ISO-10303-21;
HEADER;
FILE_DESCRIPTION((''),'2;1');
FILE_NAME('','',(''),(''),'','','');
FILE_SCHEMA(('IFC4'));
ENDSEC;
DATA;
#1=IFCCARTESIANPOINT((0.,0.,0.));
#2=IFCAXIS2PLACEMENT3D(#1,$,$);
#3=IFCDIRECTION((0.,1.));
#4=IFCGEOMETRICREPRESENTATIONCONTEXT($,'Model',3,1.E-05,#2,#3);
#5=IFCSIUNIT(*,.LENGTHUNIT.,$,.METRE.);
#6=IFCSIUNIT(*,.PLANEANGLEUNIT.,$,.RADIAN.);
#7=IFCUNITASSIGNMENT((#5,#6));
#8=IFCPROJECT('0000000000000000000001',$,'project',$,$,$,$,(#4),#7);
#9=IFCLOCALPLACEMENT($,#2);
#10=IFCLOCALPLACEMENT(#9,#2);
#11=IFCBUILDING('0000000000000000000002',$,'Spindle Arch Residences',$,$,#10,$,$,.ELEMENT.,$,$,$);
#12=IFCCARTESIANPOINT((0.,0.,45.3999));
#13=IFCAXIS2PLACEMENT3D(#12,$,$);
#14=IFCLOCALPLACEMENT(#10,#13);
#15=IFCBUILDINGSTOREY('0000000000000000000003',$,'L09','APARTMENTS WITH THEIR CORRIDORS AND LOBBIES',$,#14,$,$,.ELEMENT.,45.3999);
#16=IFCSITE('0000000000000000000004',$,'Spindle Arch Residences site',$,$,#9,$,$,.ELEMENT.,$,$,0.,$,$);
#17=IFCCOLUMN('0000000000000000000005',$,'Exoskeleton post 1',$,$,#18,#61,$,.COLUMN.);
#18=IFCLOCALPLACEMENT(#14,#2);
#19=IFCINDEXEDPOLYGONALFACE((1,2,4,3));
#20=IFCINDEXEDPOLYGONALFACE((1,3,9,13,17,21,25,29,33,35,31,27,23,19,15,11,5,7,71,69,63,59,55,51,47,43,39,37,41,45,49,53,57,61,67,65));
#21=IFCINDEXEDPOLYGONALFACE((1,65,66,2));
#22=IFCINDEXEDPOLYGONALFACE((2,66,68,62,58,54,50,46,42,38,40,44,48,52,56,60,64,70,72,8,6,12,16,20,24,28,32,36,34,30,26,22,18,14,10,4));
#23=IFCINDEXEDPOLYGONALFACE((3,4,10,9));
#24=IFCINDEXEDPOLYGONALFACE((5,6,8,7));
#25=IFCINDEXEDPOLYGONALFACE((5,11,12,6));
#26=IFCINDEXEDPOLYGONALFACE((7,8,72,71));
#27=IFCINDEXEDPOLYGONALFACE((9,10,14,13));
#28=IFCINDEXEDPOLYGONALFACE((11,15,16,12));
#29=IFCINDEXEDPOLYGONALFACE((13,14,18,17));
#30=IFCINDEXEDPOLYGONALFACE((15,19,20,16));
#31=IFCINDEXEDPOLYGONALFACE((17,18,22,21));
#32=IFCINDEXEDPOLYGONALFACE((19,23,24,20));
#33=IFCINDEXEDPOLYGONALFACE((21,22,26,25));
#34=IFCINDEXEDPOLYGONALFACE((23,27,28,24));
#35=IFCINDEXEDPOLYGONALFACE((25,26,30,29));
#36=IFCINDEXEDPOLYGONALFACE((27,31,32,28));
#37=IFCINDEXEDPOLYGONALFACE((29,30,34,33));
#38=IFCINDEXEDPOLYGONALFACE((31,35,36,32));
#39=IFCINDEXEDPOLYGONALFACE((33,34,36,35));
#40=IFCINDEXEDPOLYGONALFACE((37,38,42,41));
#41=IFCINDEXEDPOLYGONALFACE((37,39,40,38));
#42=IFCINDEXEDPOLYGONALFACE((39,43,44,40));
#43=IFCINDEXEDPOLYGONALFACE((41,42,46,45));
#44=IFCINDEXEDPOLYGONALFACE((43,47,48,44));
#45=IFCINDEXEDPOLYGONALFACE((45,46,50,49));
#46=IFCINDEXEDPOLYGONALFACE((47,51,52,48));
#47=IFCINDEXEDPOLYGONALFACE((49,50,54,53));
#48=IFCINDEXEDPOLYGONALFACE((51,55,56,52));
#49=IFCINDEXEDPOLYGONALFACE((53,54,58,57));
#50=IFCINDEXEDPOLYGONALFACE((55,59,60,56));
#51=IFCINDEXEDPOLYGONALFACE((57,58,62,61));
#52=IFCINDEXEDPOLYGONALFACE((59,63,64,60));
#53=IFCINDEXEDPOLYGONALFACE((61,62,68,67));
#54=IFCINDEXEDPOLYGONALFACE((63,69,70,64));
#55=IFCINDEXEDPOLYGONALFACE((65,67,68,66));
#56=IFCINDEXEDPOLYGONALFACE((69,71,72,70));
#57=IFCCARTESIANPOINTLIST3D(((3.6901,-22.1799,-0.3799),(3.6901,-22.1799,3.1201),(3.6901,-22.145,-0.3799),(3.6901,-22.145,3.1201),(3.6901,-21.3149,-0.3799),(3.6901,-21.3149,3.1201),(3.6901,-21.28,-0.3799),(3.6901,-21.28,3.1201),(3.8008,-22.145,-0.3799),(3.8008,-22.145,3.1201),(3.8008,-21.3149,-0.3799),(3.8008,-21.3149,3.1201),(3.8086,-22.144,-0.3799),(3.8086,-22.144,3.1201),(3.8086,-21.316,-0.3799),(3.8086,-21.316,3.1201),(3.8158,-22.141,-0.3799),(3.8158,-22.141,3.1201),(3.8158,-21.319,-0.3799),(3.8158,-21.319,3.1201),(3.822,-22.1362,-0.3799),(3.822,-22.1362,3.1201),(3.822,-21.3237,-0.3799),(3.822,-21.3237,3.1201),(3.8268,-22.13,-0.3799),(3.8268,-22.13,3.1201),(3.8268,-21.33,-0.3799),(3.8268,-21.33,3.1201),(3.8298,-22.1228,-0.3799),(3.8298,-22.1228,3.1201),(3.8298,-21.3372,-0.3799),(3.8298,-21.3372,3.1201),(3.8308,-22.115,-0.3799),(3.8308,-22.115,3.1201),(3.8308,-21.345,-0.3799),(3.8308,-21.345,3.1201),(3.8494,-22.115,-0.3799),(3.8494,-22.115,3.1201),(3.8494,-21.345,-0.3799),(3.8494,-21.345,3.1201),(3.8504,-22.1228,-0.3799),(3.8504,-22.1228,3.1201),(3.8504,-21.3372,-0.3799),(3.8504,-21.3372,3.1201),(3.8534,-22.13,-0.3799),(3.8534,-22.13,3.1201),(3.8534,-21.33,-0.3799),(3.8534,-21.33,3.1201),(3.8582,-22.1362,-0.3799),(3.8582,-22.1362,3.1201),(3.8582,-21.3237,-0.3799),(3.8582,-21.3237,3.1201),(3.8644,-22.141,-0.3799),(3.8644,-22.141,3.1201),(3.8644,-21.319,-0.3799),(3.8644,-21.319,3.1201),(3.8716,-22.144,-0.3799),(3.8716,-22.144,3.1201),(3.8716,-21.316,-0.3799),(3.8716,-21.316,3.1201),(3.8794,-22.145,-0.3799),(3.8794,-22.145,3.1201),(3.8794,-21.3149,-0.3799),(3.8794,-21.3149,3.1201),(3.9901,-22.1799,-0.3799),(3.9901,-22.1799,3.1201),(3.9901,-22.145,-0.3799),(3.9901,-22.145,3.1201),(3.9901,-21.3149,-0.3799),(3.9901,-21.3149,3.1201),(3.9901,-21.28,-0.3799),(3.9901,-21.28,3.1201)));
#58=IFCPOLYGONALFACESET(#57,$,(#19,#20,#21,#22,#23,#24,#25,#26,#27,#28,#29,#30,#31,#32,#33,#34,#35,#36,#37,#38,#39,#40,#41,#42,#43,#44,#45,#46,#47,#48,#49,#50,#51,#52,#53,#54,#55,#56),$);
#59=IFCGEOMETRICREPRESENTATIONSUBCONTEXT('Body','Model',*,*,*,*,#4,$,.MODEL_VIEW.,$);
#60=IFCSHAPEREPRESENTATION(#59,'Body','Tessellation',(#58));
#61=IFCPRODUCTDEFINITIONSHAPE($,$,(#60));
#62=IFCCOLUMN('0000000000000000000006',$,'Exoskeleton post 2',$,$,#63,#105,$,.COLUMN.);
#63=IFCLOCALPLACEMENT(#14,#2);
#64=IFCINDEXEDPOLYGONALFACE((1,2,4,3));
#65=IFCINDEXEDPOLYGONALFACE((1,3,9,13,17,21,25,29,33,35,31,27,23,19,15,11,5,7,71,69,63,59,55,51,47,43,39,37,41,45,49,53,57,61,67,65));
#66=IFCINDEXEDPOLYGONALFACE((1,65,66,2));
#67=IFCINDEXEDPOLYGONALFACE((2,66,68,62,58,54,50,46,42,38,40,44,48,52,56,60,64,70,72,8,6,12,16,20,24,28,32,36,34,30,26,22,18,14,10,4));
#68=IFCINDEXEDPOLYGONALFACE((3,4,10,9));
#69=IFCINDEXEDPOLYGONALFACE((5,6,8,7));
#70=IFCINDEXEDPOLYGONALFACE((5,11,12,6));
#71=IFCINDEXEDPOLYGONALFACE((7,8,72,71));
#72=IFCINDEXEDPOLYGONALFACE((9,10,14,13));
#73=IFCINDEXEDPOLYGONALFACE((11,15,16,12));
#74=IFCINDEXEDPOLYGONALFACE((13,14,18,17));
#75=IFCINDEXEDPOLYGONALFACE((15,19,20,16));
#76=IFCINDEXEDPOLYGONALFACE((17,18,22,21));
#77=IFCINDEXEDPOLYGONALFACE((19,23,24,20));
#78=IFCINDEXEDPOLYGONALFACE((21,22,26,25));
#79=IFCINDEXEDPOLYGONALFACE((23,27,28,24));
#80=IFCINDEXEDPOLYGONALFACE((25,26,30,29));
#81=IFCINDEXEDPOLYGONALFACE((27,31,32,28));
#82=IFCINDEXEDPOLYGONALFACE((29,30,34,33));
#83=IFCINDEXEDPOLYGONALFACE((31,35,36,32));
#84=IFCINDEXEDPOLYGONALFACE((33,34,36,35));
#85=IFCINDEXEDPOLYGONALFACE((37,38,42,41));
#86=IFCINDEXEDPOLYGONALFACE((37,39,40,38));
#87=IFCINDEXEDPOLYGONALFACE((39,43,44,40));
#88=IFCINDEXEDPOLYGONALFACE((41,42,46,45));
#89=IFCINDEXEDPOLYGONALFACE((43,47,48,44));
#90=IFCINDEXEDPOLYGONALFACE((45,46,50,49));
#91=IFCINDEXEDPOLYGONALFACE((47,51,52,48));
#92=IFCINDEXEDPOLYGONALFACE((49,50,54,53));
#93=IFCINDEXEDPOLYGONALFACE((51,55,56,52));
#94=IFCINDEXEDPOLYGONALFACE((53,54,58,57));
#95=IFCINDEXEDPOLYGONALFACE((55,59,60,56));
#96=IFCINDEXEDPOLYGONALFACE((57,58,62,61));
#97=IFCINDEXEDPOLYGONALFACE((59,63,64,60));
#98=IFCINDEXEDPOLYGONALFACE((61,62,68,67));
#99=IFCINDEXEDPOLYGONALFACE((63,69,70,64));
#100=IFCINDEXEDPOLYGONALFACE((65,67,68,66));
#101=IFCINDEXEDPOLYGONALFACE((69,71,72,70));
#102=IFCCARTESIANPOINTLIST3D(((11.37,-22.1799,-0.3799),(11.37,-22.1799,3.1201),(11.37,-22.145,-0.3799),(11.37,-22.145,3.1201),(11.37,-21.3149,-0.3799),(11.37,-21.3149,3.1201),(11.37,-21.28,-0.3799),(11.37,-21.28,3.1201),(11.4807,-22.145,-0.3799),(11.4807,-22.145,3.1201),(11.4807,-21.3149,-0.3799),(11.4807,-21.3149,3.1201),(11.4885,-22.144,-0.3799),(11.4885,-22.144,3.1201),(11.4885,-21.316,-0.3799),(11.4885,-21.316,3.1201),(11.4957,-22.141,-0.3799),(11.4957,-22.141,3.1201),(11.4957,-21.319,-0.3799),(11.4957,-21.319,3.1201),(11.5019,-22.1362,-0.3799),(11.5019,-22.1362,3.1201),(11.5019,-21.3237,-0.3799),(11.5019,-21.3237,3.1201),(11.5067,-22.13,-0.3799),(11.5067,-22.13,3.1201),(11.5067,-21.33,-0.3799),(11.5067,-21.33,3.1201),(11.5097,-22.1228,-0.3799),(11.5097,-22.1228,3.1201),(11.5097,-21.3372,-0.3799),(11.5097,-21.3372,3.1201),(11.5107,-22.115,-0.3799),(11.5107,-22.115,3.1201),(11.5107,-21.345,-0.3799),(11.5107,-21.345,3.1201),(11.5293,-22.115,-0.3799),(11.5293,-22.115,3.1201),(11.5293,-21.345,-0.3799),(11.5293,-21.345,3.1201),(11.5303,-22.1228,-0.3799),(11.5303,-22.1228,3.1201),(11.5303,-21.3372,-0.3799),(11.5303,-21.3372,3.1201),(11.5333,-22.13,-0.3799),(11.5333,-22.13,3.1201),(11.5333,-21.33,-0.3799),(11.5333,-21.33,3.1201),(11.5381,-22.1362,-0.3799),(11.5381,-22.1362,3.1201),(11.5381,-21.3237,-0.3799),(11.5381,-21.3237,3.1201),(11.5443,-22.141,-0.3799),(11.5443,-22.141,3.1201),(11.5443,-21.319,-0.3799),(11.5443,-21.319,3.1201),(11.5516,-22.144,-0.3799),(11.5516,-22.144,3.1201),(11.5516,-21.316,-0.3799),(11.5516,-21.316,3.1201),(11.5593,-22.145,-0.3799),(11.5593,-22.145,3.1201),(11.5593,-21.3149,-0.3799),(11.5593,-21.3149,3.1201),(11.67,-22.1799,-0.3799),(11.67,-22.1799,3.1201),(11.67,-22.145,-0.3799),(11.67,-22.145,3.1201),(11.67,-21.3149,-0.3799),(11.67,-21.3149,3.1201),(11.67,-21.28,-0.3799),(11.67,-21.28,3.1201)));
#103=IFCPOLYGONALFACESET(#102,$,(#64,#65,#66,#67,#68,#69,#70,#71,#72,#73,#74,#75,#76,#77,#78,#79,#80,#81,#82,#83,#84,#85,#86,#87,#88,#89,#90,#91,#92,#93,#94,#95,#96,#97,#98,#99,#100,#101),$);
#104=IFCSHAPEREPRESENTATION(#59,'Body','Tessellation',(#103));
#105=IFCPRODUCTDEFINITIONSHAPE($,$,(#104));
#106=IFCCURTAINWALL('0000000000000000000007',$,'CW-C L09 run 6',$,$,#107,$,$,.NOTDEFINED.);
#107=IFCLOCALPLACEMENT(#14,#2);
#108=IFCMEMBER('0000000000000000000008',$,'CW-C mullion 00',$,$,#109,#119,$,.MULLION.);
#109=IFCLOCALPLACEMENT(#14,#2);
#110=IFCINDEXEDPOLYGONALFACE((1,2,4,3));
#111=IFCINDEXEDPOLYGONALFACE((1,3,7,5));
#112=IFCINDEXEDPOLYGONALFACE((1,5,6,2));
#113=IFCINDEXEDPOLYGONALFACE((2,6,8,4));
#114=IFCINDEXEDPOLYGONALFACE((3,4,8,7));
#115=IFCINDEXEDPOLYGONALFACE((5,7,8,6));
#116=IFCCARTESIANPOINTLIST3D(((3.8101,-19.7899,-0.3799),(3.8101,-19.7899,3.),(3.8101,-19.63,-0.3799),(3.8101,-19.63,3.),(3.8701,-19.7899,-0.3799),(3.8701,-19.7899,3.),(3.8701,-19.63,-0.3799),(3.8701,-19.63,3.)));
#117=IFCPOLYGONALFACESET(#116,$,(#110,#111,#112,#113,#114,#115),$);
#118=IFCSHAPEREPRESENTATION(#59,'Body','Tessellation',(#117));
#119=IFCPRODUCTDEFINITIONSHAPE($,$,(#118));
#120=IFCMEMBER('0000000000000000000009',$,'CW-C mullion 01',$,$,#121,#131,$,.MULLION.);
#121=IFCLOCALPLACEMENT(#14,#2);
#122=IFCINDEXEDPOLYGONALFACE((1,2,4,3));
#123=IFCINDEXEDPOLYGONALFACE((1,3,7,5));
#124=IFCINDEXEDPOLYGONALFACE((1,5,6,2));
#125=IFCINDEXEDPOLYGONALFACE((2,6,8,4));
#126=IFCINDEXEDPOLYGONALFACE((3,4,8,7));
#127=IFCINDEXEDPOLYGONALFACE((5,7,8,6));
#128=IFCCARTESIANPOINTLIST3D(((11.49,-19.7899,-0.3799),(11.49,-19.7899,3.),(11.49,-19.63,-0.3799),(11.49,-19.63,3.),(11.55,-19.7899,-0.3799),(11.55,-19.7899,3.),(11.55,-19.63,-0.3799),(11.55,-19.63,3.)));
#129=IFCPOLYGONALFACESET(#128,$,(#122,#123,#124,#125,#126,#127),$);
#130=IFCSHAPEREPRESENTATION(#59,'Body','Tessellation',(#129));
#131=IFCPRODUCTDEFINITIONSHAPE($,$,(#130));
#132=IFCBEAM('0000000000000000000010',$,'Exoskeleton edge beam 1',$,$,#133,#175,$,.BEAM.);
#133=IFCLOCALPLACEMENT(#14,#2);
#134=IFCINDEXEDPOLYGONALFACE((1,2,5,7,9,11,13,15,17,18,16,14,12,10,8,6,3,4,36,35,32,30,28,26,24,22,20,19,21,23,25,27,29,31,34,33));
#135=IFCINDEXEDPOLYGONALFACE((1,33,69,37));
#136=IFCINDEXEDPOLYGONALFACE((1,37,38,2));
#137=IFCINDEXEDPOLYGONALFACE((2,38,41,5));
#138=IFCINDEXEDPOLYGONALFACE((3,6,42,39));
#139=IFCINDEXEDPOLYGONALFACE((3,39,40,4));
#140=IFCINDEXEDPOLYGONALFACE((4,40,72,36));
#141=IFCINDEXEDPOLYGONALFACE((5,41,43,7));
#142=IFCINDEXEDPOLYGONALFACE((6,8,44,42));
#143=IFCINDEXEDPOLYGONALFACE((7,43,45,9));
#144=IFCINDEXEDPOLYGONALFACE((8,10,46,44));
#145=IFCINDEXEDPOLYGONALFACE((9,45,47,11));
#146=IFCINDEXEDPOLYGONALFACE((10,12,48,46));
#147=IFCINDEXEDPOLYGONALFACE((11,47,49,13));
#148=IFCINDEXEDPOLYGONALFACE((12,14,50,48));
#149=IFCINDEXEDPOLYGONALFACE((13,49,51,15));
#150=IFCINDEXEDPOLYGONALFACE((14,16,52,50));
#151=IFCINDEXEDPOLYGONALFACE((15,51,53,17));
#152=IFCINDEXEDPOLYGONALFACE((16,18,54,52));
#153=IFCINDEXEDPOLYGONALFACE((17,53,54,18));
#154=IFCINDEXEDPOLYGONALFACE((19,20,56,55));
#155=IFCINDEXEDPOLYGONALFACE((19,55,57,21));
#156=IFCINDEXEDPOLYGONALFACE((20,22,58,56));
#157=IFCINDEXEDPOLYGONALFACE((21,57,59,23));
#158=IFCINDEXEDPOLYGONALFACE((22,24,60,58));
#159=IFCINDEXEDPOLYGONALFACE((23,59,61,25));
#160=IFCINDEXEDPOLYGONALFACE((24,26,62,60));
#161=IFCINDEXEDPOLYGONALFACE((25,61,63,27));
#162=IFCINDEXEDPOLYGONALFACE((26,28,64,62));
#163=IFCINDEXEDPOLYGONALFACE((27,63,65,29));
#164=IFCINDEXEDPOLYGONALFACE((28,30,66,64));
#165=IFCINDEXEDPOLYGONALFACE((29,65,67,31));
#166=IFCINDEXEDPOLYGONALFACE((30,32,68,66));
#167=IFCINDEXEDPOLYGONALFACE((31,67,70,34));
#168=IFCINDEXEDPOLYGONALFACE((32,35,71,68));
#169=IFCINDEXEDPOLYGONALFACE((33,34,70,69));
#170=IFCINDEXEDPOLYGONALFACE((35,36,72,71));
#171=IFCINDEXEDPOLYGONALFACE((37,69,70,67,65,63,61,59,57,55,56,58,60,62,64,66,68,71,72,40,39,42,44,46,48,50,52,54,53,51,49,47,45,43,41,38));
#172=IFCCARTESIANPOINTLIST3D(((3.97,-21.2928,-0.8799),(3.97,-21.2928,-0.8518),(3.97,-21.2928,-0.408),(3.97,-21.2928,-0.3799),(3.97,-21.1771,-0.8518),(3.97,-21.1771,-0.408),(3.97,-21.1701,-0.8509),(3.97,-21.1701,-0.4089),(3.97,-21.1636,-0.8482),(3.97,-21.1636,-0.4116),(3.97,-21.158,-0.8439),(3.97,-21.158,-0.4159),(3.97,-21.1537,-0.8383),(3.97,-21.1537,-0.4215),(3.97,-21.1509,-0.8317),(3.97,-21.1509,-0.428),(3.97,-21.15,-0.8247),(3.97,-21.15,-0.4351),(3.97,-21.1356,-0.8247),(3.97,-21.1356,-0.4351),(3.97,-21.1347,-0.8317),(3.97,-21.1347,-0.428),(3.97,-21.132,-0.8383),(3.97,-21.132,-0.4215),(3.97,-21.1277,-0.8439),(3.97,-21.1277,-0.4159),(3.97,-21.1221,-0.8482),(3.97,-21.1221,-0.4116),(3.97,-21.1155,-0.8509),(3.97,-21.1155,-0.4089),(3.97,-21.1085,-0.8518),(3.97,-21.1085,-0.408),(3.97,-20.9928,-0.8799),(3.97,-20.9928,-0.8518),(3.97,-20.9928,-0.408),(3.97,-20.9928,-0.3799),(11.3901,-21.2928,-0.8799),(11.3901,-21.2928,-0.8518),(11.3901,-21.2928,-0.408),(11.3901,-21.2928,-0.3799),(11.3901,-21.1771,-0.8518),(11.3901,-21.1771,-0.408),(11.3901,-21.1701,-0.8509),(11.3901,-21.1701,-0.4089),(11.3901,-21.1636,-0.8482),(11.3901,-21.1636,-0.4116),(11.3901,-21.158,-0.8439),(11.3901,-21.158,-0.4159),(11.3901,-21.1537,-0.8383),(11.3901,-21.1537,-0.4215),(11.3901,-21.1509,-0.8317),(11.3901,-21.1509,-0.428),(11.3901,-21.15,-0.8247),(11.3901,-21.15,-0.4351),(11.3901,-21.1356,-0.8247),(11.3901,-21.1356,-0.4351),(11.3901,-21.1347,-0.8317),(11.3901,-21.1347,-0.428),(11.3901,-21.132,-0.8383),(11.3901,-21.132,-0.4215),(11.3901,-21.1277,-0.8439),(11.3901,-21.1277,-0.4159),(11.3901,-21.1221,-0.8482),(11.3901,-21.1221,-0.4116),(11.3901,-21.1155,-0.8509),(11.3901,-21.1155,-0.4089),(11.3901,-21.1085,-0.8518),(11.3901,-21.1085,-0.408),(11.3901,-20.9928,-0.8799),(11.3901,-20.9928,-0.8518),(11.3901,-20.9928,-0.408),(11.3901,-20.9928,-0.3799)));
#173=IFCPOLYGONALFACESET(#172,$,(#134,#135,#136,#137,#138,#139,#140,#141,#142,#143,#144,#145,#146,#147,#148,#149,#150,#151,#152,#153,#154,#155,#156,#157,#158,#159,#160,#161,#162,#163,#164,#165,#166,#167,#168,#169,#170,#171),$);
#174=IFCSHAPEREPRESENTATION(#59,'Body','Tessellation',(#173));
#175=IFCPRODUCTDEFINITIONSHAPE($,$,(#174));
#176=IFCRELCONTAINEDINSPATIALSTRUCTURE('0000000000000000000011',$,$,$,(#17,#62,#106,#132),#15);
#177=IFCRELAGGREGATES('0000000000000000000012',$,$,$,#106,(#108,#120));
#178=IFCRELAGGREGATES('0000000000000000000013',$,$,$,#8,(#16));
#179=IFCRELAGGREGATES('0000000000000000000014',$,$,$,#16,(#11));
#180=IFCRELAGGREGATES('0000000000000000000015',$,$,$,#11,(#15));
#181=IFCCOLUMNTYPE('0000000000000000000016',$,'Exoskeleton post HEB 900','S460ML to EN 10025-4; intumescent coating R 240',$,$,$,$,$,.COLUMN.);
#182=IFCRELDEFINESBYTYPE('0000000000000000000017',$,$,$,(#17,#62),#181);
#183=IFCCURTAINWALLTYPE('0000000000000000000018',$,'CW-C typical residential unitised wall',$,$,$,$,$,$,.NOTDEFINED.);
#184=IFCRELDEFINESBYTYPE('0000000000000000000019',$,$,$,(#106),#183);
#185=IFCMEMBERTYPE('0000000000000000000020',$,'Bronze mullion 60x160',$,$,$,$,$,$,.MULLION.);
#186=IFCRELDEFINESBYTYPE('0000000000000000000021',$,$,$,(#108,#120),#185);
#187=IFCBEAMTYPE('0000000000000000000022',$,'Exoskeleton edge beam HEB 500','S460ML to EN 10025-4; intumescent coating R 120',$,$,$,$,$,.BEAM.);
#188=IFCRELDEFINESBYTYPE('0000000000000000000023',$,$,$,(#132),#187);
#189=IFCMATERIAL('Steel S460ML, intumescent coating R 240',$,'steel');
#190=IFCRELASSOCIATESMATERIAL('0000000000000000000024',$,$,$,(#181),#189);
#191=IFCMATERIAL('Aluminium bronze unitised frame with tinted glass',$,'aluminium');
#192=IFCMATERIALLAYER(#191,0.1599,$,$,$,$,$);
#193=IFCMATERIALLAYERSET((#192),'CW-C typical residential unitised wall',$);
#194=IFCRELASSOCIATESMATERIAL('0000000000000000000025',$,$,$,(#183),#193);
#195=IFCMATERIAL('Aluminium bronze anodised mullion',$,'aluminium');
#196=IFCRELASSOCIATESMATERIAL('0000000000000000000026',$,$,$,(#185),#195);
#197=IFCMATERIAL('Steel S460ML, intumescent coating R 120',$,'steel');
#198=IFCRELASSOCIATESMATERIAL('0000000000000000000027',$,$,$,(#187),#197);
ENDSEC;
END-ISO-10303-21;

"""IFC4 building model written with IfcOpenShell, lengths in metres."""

from ifc_helpers import new_model, si_unit, direction, frame, origin, origin_2d, place, context, subcontext, project, spatial, rectangle, i_section, extrude, material, layer, layer_set, material_profile, profile_set, type_object, element, aggregate, save


model = new_model("IFC4")

# Units and contexts
model_context = context("Model", 3, precision=1e-05, world=origin(), true_north=direction((0.0, 1.0)))
body_context = subcontext(model_context, "Body", "Model", "MODEL_VIEW")
ifc_project = project(units=[si_unit("LENGTHUNIT", "METRE"), si_unit("PLANEANGLEUNIT", "RADIAN")], contexts=[model_context])

# Site, building, storey
site_placement = place(None, origin())
site = spatial("IfcSite", under=ifc_project, at=site_placement, Name="Spindle Arch Residences site", CompositionType="ELEMENT", RefElevation=0.0)
building_placement = place(site_placement, origin())
building = spatial("IfcBuilding", under=site, at=building_placement, Name="Spindle Arch Residences", CompositionType="ELEMENT")
storey_placement = place(building_placement, frame((0.0, 0.0, 45.3999)))
storey = spatial("IfcBuildingStorey", under=building, at=storey_placement, Name="L09", Description="APARTMENTS WITH THEIR CORRIDORS AND LOBBIES", CompositionType="ELEMENT", Elevation=45.3999)

# Columns
ifc_material_1 = material(Name="Steel S460ML, intumescent coating R 240", Category="steel")
ifc_material_profile_1 = material_profile(ifc_material_1, i_section(OverallWidth=0.3, OverallDepth=0.8999, WebThickness=0.0186, FlangeThickness=0.0349, FilletRadius=0.03, at=origin_2d()), Name="HEB 900")
ifc_profile_set_1 = profile_set([ifc_material_profile_1], Name="Steel S460ML, intumescent coating R 240")
column_type = type_object("IfcColumnType", Name="Exoskeleton post HEB 900", Description="S460ML to EN 10025-4; intumescent coating R 240", PredefinedType="COLUMN", material=ifc_profile_set_1)
for number, where, z_axis, x_axis, name in (
    (1, (3.8401, -21.73, -0.3799), (0.0, 0.0, 1.0), (-1.0, 0.0, 0.0), "Exoskeleton post 1"),
    (2, (11.52, -21.73, -0.3799), (0.0, 0.0, 1.0), (-1.0, 0.0, 0.0), "Exoskeleton post 2"),
):
    element("IfcColumn", number, at=place(storey_placement, frame(where, z_axis=z_axis, x_axis=x_axis)), inside=storey, type_object=column_type, Name=name, PredefinedType="COLUMN", context=body_context, shape_type="SweptSolid", body=[
        extrude(i_section(OverallWidth=0.3, OverallDepth=0.8999, WebThickness=0.0186, FlangeThickness=0.0349, FilletRadius=0.03, at=origin_2d()), origin(), (0.0, 0.0, 1.0), 3.5),
    ])

# Curtain wall, members
ifc_material_2 = material(Name="Aluminium bronze unitised frame with tinted glass", Category="aluminium")
ifc_layer_1 = layer(ifc_material_2, 0.1599)
ifc_layer_set_1 = layer_set([ifc_layer_1], Name="CW-C typical residential unitised wall")
curtain_wall_type = type_object("IfcCurtainWallType", Name="CW-C typical residential unitised wall", PredefinedType="NOTDEFINED", material=ifc_layer_set_1)
curtain_wall_placement = place(storey_placement, origin())
curtain_wall = element("IfcCurtainWall", 3, at=curtain_wall_placement, inside=storey, type_object=curtain_wall_type, Name="CW-C L09 run 6", PredefinedType="NOTDEFINED")
ifc_material_3 = material(Name="Aluminium bronze anodised mullion", Category="aluminium")
ifc_material_profile_2 = material_profile(ifc_material_3, rectangle(XDim=0.1599, YDim=0.0601, at=origin_2d()), Name="MU 60x160")
ifc_profile_set_2 = profile_set([ifc_material_profile_2], Name="Aluminium bronze anodised mullion")
member_type = type_object("IfcMemberType", Name="Bronze mullion 60x160", PredefinedType="MULLION", material=ifc_profile_set_2)
member_1_placement = place(storey_placement, frame((3.8401, -19.71, -0.3799), z_axis=(0.0, 0.0, 1.0), x_axis=(0.0, 1.0, 0.0)))
member_1 = element("IfcMember", 4, at=member_1_placement, type_object=member_type, Name="CW-C mullion 00", PredefinedType="MULLION", context=body_context, shape_type="SweptSolid", body=[
    extrude(rectangle(XDim=0.1599, YDim=0.0601, at=origin_2d()), origin(), (0.0, 0.0, 1.0), 3.3799),
])
member_2_placement = place(storey_placement, frame((11.52, -19.71, -0.3799), z_axis=(0.0, 0.0, 1.0), x_axis=(0.0, 1.0, 0.0)))
member_2 = element("IfcMember", 5, at=member_2_placement, type_object=member_type, Name="CW-C mullion 01", PredefinedType="MULLION", context=body_context, shape_type="SweptSolid", body=[
    extrude(rectangle(XDim=0.1599, YDim=0.0601, at=origin_2d()), origin(), (0.0, 0.0, 1.0), 3.3799),
])

# Beam
ifc_material_4 = material(Name="Steel S460ML, intumescent coating R 120", Category="steel")
ifc_material_profile_3 = material_profile(ifc_material_4, i_section(OverallWidth=0.3, OverallDepth=0.5, WebThickness=0.0144, FlangeThickness=0.0281, FilletRadius=0.0271, at=origin_2d()), Name="HEB 500")
ifc_profile_set_3 = profile_set([ifc_material_profile_3], Name="Steel S460ML, intumescent coating R 120")
beam_type_1 = type_object("IfcBeamType", Name="Exoskeleton edge beam HEB 500", Description="S460ML to EN 10025-4; intumescent coating R 120", PredefinedType="BEAM", material=ifc_profile_set_3)
for number, where, z_axis, x_axis, name in (
    (6, (3.97, -21.1428, -0.6299), (1.0, 0.0, 0.0), (0.0, 1.0, 0.0), "Exoskeleton edge beam 1"),
):
    element("IfcBeam", number, at=place(storey_placement, frame(where, z_axis=z_axis, x_axis=x_axis)), inside=storey, type_object=beam_type_1, Name=name, PredefinedType="BEAM", context=body_context, shape_type="SweptSolid", body=[
        extrude(i_section(OverallWidth=0.3, OverallDepth=0.5, WebThickness=0.0144, FlangeThickness=0.0281, FilletRadius=0.0271, at=origin_2d()), origin(), (0.0, 0.0, 1.0), 7.4202),
    ])

aggregate(curtain_wall, [member_1, member_2])

save(model, "model.ifc")
